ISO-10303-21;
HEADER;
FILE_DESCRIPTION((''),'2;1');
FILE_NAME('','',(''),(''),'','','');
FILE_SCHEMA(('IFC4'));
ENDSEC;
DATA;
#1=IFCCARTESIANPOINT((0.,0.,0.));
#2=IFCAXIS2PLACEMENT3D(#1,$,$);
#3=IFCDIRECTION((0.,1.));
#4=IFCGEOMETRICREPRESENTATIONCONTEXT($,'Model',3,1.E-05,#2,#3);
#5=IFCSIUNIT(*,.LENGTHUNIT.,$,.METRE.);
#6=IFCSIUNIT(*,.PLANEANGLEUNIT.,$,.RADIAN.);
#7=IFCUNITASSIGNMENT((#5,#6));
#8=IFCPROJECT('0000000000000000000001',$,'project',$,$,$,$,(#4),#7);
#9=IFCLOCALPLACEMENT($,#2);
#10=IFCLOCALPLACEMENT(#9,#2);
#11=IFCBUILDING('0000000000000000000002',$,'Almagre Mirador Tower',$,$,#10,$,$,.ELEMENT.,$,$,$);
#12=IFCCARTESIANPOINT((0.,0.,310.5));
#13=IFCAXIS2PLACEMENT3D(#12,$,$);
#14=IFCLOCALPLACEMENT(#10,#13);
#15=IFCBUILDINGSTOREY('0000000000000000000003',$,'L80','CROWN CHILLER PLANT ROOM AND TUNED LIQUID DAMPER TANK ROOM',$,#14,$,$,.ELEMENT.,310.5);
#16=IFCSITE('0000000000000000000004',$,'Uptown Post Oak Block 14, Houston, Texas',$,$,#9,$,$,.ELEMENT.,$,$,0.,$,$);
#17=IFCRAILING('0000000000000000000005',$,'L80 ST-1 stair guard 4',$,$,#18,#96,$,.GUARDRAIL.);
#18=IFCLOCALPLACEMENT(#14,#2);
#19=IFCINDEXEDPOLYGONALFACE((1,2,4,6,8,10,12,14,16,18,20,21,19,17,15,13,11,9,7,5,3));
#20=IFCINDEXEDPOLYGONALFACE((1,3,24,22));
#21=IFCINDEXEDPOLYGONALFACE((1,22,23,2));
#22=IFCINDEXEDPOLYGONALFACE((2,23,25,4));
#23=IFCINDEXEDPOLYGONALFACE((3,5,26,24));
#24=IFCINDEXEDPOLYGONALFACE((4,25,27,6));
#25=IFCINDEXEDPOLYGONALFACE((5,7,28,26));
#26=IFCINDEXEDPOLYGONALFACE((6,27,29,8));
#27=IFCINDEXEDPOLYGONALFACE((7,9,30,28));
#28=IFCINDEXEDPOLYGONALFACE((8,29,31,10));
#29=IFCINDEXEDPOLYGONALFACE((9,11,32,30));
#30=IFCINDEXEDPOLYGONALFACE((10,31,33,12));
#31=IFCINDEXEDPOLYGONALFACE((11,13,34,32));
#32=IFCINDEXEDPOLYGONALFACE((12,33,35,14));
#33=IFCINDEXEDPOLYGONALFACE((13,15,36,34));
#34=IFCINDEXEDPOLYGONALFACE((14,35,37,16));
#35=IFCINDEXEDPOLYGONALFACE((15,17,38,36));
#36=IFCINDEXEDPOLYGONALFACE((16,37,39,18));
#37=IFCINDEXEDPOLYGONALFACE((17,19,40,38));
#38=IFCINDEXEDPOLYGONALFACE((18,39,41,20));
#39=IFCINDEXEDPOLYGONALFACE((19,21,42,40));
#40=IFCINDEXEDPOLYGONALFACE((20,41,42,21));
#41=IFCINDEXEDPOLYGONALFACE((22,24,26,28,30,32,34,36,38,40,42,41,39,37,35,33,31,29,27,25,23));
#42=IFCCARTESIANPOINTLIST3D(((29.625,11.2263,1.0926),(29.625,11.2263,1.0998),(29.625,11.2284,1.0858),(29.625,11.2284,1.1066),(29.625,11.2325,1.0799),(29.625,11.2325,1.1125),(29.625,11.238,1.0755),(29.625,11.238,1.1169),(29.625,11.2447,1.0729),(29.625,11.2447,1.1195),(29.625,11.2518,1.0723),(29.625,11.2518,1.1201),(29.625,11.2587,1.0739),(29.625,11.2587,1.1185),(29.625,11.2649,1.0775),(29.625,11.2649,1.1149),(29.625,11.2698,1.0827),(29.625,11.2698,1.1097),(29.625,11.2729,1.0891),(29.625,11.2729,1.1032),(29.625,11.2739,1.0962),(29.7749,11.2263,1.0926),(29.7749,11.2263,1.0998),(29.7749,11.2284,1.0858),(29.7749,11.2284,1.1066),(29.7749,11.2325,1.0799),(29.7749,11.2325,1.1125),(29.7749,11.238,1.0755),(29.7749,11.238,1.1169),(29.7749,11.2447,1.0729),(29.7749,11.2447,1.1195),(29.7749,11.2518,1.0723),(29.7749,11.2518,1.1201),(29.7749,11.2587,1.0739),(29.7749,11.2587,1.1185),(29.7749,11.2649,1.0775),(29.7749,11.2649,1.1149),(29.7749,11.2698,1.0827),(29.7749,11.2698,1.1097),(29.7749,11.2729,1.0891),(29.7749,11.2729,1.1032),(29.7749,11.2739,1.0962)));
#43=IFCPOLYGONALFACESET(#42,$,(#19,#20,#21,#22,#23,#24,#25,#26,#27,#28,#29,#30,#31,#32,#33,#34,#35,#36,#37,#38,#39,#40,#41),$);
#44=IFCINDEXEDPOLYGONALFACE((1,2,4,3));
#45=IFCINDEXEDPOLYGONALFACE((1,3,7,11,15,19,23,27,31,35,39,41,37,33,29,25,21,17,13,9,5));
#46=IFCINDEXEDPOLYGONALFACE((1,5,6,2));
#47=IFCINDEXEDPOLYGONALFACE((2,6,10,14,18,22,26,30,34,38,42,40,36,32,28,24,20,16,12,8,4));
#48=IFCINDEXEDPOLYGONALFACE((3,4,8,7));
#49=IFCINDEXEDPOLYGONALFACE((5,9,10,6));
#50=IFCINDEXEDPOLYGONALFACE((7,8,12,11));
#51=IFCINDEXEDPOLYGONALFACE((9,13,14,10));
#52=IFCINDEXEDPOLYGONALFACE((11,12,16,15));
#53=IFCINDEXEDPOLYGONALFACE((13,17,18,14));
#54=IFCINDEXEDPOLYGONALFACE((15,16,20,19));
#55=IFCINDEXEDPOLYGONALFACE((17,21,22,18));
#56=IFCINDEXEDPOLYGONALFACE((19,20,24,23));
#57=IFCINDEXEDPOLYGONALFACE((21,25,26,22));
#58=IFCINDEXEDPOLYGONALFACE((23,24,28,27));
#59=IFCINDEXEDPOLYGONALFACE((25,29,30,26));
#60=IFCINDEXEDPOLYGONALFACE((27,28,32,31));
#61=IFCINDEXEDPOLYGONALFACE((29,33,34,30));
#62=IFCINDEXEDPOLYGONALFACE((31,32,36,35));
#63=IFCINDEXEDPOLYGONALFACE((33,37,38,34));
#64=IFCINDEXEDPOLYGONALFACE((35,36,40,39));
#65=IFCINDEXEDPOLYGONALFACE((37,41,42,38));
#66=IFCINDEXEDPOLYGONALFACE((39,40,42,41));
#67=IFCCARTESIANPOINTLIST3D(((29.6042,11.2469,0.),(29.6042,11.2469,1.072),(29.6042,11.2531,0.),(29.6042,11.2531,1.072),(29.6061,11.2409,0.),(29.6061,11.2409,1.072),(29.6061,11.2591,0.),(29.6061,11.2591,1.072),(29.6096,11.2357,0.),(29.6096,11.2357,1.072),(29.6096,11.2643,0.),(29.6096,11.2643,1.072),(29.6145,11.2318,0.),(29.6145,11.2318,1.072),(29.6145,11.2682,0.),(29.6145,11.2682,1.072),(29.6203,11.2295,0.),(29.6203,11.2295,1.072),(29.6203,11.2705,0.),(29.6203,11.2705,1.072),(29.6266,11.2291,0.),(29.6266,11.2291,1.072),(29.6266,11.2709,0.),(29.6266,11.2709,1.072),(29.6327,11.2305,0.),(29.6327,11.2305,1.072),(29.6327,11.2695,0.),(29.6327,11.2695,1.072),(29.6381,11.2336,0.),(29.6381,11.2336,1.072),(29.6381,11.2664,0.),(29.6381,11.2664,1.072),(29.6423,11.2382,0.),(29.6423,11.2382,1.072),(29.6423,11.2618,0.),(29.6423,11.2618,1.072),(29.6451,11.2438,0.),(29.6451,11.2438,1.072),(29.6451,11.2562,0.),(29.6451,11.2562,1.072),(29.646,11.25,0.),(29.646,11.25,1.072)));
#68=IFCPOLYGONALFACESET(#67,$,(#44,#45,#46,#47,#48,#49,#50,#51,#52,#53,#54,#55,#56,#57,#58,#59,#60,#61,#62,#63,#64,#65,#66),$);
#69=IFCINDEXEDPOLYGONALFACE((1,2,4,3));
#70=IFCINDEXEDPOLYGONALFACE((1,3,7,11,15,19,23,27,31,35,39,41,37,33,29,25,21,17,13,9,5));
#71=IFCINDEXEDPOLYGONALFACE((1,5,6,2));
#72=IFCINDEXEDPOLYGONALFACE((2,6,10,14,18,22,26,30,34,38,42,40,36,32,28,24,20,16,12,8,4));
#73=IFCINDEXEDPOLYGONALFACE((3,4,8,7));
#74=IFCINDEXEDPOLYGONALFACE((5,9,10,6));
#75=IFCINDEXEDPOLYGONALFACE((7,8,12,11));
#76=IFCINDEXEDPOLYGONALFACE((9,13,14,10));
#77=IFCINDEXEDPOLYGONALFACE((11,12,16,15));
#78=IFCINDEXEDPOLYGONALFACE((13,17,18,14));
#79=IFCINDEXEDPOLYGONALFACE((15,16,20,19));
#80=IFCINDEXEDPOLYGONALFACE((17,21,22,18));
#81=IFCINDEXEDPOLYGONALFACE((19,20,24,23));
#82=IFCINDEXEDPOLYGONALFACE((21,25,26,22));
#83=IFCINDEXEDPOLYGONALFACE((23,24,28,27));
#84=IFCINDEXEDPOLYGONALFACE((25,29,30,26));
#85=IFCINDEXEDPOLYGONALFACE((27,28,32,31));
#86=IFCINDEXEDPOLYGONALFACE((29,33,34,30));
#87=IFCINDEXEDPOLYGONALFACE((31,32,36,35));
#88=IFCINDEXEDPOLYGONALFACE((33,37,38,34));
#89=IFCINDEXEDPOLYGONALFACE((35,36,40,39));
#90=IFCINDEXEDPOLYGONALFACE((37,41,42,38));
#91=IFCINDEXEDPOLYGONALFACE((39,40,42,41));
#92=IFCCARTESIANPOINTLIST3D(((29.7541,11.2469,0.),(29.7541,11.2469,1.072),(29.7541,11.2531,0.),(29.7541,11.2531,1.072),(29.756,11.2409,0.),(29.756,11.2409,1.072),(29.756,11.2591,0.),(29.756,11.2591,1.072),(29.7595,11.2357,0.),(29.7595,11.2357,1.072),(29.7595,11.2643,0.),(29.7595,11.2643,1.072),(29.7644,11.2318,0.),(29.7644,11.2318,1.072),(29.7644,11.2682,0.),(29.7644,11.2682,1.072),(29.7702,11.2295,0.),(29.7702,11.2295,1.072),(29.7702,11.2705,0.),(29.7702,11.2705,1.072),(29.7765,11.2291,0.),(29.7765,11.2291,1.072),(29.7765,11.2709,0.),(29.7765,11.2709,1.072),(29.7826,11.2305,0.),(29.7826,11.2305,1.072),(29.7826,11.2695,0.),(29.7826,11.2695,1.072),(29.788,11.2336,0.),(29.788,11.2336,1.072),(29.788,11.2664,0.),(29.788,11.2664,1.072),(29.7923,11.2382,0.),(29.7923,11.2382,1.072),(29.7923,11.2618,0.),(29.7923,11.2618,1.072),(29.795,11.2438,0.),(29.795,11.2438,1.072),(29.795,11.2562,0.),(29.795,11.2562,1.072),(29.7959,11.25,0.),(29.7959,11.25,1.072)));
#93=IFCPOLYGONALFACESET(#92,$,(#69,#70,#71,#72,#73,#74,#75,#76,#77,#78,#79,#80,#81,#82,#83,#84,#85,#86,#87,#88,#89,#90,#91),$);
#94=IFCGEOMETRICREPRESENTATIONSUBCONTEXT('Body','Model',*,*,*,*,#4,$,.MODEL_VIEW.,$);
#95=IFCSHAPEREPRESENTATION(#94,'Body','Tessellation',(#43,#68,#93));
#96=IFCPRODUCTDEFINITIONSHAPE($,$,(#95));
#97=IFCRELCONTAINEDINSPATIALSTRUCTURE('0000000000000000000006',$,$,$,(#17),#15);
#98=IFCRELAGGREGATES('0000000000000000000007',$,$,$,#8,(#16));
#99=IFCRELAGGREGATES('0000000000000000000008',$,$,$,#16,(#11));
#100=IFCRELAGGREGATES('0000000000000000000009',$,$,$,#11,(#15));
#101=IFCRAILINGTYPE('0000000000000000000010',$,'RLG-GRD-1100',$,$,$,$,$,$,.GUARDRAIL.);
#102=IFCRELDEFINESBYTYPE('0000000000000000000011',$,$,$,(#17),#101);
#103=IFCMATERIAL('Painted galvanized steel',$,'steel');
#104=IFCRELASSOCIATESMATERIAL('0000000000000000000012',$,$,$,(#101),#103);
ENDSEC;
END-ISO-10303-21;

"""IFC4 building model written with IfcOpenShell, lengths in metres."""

from ifc_helpers import new_model, si_unit, direction, frame, origin, origin_2d, place, context, subcontext, project, spatial, circle, extrude, material, type_object, element, save


model = new_model("IFC4")

# Units and contexts
model_context = context("Model", 3, precision=1e-05, world=origin(), true_north=direction((0.0, 1.0)))
body_context = subcontext(model_context, "Body", "Model", "MODEL_VIEW")
ifc_project = project(units=[si_unit("LENGTHUNIT", "METRE"), si_unit("PLANEANGLEUNIT", "RADIAN")], contexts=[model_context])

# Site, building, storey
site_placement = place(None, origin())
site = spatial("IfcSite", under=ifc_project, at=site_placement, Name="Uptown Post Oak Block 14, Houston, Texas", CompositionType="ELEMENT", RefElevation=0.0)
building_placement = place(site_placement, origin())
building = spatial("IfcBuilding", under=site, at=building_placement, Name="Almagre Mirador Tower", CompositionType="ELEMENT")
storey_placement = place(building_placement, frame((0.0, 0.0, 310.5)))
storey = spatial("IfcBuildingStorey", under=building, at=storey_placement, Name="L80", Description="CROWN CHILLER PLANT ROOM AND TUNED LIQUID DAMPER TANK ROOM", CompositionType="ELEMENT", Elevation=310.5)

# Railing
ifc_material_1 = material(Name="Painted galvanized steel", Category="steel")
railing_type_1 = type_object("IfcRailingType", Name="RLG-GRD-1100", PredefinedType="GUARDRAIL", material=ifc_material_1)
railing_1_placement = place(storey_placement, frame((29.625, 11.25, 0.0)))
element("IfcRailing", 1, at=railing_1_placement, inside=storey, type_object=railing_type_1, Name="L80 ST-1 stair guard 4", PredefinedType="GUARDRAIL", context=body_context, shape_type="SweptSolid", body=[
    extrude(circle(Radius=0.0239, at=origin_2d()), frame((0.0, 0.0, 1.0962), z_axis=(1.0, 0.0, 0.0), x_axis=(0.0, 1.0, 0.0)), (0.0, 0.0, 1.0), 0.1499),
    extrude(circle(Radius=0.021, at=origin_2d()), origin(), (0.0, 0.0, 1.0), 1.072),
    extrude(circle(Radius=0.021, at=origin_2d()), frame((0.1499, 0.0, 0.0)), (0.0, 0.0, 1.0), 1.072),
])

save(model, "model.ifc")
